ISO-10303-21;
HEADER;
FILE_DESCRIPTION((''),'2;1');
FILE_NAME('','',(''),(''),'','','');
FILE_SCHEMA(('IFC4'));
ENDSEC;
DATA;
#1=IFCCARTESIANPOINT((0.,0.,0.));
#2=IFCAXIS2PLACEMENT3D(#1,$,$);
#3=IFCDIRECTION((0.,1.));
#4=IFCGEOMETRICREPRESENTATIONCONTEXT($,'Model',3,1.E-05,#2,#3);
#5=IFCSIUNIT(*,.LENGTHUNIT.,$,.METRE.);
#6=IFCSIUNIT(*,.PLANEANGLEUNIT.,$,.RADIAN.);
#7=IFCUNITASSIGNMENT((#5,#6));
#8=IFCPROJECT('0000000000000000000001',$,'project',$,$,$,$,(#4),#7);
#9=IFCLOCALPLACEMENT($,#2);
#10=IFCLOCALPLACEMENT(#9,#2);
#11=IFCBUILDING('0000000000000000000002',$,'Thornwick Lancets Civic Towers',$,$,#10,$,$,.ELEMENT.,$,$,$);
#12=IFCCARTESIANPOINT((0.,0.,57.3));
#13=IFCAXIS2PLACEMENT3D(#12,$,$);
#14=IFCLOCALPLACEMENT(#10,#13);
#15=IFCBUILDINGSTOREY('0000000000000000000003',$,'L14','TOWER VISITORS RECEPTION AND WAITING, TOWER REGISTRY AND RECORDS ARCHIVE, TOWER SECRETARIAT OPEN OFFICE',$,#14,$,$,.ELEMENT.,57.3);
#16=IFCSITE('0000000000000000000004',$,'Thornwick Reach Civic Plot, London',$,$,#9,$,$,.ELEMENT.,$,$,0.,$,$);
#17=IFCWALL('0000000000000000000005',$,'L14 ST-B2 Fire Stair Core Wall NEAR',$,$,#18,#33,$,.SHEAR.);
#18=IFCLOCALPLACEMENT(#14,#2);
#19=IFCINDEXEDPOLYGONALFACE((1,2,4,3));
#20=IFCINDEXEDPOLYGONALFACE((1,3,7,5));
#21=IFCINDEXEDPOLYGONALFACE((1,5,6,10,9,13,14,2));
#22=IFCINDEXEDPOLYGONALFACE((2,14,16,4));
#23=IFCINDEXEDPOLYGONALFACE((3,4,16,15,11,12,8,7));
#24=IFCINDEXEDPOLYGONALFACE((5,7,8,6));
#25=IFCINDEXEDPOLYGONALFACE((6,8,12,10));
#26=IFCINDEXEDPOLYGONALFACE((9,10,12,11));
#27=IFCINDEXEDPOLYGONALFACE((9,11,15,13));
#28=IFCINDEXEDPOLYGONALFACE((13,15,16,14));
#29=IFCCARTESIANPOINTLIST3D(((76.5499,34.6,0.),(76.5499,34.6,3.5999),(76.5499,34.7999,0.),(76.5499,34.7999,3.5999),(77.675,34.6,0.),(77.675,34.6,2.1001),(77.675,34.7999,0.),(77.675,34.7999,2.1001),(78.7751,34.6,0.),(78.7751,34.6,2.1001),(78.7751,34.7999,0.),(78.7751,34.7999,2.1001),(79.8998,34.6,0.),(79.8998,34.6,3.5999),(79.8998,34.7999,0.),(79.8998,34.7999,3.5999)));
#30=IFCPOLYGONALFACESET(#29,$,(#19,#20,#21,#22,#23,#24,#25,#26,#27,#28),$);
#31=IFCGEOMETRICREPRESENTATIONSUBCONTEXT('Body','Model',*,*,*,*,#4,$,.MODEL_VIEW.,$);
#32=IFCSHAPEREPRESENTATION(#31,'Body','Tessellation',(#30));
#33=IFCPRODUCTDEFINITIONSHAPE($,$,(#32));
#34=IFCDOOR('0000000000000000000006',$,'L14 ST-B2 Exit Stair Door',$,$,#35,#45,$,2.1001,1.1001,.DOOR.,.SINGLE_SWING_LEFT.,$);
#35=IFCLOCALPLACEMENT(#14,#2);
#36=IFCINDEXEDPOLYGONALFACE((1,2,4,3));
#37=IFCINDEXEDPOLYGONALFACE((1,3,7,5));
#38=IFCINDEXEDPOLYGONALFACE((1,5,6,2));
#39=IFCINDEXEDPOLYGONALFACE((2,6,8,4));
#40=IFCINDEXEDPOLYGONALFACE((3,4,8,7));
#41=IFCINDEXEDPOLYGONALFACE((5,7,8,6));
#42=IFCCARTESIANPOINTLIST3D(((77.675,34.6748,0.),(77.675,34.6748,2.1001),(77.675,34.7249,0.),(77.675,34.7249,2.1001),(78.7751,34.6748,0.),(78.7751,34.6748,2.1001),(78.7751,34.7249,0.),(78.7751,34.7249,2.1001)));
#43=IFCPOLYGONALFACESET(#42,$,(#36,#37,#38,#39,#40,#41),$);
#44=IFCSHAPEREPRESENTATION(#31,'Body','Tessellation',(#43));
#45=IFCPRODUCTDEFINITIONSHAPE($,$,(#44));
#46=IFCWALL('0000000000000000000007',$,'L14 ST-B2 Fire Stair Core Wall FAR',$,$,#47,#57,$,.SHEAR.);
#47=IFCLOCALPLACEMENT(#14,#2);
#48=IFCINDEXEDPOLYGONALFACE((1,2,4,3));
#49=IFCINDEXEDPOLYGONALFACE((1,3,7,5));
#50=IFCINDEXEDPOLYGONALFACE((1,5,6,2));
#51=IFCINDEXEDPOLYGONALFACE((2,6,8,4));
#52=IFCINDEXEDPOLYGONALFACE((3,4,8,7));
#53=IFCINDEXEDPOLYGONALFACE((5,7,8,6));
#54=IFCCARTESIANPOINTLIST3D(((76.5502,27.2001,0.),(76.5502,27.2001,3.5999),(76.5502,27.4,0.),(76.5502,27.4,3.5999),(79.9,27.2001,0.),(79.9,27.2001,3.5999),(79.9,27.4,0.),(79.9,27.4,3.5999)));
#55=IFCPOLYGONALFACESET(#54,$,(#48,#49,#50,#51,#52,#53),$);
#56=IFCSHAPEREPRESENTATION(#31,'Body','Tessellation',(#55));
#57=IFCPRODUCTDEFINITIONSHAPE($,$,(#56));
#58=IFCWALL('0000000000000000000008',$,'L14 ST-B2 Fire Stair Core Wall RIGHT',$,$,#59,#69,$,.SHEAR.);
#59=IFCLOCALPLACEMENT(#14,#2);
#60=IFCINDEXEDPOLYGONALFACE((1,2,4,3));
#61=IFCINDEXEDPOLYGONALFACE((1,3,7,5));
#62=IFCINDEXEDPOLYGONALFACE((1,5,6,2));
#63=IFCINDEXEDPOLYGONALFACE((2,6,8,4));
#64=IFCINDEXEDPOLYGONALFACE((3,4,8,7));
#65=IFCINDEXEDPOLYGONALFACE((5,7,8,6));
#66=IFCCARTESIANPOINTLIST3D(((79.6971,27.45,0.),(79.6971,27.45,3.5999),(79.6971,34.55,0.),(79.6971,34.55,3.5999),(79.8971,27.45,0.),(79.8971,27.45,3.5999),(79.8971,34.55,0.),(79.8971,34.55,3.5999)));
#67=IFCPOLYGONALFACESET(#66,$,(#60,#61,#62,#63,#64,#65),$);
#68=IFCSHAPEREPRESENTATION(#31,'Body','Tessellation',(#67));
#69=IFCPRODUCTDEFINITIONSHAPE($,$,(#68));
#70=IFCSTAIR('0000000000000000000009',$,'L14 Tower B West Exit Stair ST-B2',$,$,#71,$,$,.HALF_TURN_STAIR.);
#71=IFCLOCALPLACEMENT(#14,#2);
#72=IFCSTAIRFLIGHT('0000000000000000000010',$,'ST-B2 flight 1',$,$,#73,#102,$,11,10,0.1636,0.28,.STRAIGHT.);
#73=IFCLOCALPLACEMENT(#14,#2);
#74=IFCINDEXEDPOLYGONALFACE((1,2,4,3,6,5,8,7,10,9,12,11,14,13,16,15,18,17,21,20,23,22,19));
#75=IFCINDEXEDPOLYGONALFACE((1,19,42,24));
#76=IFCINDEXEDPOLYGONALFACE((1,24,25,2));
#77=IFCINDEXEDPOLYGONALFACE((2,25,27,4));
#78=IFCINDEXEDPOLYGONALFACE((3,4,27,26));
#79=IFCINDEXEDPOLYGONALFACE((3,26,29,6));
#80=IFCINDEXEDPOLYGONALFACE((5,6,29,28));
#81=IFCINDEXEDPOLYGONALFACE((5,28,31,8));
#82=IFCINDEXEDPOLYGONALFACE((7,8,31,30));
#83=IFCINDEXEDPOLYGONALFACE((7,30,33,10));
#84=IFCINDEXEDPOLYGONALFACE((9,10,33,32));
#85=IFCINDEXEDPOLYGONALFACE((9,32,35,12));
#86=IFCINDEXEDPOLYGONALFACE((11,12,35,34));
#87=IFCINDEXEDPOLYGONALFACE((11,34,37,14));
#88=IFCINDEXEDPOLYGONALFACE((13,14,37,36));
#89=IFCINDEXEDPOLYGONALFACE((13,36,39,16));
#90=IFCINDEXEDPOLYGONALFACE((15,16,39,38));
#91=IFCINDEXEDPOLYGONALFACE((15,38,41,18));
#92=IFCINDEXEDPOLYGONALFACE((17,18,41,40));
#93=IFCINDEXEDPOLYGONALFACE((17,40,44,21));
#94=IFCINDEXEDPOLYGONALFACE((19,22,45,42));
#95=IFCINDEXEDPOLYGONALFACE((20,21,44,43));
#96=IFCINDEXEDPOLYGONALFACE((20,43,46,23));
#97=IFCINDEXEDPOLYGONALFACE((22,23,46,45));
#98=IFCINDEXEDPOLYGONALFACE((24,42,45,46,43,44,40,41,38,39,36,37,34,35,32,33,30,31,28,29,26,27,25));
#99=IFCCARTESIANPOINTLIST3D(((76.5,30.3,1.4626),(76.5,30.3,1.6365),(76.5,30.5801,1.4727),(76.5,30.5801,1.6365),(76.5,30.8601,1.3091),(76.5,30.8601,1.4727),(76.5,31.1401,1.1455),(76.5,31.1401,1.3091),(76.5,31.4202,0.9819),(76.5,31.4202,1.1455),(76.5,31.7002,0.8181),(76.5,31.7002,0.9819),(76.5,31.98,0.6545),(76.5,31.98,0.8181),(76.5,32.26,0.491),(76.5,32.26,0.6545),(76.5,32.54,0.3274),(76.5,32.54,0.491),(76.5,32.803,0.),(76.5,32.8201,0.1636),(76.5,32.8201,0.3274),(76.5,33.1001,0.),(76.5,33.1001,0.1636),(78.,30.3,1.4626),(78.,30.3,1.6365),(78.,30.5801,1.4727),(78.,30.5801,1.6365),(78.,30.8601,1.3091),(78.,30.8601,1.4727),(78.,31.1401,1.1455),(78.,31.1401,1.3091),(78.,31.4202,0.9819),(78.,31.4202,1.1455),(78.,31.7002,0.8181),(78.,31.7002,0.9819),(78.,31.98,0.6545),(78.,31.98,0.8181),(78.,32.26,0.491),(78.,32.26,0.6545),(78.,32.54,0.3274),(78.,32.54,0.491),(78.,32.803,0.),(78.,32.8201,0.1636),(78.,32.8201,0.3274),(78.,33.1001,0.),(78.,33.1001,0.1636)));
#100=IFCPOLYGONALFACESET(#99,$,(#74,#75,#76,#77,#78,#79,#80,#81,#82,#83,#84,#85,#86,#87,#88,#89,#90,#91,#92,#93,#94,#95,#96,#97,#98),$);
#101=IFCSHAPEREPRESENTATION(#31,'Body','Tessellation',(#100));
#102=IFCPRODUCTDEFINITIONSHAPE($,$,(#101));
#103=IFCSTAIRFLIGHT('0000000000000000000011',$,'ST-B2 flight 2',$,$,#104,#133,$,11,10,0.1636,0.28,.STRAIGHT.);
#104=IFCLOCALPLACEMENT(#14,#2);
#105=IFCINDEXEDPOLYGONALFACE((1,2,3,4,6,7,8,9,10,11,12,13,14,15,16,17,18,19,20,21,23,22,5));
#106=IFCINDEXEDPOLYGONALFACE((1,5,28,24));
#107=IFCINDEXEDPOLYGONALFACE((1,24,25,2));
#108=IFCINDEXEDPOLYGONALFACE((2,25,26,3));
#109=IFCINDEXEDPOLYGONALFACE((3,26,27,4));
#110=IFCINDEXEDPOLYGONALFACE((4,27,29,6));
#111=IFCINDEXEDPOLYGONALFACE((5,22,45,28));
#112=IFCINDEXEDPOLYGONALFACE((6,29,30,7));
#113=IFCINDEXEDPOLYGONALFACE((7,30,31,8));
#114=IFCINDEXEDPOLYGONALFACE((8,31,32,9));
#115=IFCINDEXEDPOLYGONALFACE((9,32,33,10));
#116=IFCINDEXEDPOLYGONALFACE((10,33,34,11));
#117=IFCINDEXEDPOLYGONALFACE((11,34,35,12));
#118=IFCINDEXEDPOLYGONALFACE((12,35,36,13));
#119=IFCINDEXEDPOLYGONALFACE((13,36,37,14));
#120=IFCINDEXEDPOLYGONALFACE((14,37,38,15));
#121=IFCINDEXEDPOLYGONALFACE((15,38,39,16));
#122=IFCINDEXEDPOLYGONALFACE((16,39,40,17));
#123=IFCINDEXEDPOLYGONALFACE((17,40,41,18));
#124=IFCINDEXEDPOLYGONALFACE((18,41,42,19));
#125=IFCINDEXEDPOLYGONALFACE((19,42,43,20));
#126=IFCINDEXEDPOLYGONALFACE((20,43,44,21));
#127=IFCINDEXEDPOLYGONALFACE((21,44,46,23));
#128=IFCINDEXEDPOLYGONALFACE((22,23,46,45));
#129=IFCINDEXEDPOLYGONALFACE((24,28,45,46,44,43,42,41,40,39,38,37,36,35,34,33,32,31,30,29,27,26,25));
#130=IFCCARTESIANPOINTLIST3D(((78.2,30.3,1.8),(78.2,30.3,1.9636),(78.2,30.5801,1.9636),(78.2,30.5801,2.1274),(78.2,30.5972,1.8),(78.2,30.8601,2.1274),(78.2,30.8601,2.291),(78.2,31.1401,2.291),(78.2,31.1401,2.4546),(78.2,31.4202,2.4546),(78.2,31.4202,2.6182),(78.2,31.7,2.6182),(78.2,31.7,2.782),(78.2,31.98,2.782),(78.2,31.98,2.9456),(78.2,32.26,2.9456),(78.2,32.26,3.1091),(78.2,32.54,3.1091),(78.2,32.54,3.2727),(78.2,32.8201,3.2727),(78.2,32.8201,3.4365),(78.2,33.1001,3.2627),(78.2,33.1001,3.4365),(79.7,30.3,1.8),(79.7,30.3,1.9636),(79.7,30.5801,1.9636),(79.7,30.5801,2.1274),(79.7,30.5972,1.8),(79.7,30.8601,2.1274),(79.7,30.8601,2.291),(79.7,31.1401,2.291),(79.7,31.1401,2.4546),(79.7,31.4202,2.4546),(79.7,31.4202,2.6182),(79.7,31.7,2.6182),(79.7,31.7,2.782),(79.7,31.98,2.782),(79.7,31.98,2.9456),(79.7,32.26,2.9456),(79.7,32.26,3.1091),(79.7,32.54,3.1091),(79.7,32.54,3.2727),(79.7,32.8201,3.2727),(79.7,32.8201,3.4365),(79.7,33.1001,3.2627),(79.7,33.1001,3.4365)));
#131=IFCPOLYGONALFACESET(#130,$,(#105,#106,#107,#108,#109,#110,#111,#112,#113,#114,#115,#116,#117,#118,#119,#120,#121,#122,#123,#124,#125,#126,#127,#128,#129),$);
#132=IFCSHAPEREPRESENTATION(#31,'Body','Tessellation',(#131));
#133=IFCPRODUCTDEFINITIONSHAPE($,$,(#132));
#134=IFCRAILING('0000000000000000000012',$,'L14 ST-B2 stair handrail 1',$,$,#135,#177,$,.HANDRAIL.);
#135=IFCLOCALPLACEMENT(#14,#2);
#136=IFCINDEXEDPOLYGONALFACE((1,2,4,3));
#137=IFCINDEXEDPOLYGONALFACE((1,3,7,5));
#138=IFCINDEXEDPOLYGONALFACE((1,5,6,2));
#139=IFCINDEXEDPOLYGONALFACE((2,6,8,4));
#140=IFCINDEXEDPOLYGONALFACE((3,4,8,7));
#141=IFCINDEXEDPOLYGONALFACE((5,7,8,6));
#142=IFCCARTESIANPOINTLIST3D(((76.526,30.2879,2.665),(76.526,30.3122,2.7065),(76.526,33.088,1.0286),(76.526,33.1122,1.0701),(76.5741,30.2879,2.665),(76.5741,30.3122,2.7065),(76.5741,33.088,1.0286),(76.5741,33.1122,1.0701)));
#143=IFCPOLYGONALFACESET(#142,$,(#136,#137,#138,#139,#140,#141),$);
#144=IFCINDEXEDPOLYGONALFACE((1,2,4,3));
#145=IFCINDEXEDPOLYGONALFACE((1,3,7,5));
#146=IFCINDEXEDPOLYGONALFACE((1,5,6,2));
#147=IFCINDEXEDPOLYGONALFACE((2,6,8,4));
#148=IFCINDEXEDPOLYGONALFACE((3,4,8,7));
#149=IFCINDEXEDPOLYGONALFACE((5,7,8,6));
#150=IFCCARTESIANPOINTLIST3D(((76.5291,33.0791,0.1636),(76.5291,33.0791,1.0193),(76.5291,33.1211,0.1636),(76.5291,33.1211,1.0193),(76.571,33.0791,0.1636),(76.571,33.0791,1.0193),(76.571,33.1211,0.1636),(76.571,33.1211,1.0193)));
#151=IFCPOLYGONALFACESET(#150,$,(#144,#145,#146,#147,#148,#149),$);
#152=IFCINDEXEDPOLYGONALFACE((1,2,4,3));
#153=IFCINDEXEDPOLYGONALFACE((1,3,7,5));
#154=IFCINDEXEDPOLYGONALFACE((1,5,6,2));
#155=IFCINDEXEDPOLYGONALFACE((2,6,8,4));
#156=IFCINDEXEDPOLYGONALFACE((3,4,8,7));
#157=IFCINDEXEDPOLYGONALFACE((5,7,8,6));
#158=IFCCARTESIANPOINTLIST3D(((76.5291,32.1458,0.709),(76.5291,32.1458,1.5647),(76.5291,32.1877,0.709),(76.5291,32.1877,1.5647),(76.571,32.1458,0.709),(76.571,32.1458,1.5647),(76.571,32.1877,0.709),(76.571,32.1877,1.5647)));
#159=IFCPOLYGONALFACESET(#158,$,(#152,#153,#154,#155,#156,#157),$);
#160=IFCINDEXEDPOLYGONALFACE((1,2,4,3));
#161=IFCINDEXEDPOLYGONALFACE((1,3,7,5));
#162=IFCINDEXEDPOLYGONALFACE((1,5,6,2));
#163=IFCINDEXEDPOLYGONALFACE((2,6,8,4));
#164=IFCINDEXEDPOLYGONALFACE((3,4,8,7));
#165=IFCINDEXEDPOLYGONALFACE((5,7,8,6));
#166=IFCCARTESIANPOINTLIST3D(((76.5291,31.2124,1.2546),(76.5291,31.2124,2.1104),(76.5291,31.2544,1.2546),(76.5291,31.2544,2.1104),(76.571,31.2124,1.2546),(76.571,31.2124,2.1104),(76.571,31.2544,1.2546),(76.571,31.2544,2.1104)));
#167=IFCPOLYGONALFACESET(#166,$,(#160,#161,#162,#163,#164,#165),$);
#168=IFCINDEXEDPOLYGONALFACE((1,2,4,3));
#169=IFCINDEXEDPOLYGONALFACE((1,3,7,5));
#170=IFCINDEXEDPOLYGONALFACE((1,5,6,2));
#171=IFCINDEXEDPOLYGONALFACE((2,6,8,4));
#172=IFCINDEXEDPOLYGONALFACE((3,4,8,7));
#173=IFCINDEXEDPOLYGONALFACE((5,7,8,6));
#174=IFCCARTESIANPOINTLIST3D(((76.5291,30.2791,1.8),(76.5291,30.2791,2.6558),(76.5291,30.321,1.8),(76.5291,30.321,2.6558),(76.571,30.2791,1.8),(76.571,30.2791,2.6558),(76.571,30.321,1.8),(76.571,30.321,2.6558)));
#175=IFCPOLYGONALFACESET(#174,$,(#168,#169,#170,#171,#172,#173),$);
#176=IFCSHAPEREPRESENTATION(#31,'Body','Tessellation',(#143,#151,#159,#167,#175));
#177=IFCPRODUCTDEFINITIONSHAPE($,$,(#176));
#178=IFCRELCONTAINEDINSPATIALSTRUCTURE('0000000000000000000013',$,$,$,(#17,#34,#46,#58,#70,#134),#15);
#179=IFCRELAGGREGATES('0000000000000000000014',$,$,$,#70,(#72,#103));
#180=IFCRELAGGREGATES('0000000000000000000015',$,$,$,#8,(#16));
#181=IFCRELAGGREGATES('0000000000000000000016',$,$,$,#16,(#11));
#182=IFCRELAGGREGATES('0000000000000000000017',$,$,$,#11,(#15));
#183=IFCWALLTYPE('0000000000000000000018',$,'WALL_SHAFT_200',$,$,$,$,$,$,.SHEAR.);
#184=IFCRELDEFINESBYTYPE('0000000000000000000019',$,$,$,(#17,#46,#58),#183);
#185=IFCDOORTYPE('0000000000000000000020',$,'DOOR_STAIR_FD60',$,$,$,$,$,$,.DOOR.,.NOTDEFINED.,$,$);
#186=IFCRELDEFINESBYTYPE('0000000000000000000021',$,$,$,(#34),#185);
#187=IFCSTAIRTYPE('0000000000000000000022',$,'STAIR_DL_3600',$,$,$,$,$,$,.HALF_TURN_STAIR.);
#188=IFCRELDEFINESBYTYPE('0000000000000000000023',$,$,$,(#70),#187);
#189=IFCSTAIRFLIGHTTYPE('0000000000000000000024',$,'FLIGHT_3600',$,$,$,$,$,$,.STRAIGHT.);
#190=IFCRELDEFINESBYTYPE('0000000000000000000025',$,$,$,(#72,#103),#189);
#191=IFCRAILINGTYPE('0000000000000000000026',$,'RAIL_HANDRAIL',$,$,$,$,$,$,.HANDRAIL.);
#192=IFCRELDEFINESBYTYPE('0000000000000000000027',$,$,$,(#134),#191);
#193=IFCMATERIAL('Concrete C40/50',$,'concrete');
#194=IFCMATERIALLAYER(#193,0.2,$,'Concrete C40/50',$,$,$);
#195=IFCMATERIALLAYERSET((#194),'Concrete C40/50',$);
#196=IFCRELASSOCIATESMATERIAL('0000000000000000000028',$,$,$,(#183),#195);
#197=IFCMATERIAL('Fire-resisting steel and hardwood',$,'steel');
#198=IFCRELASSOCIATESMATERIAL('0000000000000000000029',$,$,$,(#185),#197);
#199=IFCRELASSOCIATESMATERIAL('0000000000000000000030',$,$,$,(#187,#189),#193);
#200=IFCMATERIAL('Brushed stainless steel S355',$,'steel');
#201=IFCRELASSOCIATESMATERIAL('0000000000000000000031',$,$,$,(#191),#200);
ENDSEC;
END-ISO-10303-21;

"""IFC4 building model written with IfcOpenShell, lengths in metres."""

from ifc_helpers import new_model, si_unit, direction, frame, frame_2d, origin, origin_2d, place, context, subcontext, project, spatial, polyline, rectangle, outline, extrude, material, layer, layer_set, type_object, element, fill, aggregate, save


model = new_model("IFC4")

# Units and contexts
model_context = context("Model", 3, precision=1e-05, world=origin(), true_north=direction((0.0, 1.0)))
body_context = subcontext(model_context, "Body", "Model", "MODEL_VIEW")
ifc_project = project(units=[si_unit("LENGTHUNIT", "METRE"), si_unit("PLANEANGLEUNIT", "RADIAN")], contexts=[model_context])

# Site, building, storey
site_placement = place(None, origin())
site = spatial("IfcSite", under=ifc_project, at=site_placement, Name="Thornwick Reach Civic Plot, London", CompositionType="ELEMENT", RefElevation=0.0)
building_placement = place(site_placement, origin())
building = spatial("IfcBuilding", under=site, at=building_placement, Name="Thornwick Lancets Civic Towers", CompositionType="ELEMENT")
storey_placement = place(building_placement, frame((0.0, 0.0, 57.3)))
storey = spatial("IfcBuildingStorey", under=building, at=storey_placement, Name="L14", Description="TOWER VISITORS RECEPTION AND WAITING, TOWER REGISTRY AND RECORDS ARCHIVE, TOWER SECRETARIAT OPEN OFFICE", CompositionType="ELEMENT", Elevation=57.3)

# Shared definitions
ifc_material_1 = material(Name="Concrete C40/50", Category="concrete")

# Wall, opening, door
ifc_layer_1 = layer(ifc_material_1, 0.2, Name="Concrete C40/50")
ifc_layer_set_1 = layer_set([ifc_layer_1], Name="Concrete C40/50")
wall_type_1 = type_object("IfcWallType", Name="WALL_SHAFT_200", PredefinedType="SHEAR", material=ifc_layer_set_1)
wall_1_placement = place(storey_placement, frame((76.55, 34.7, 0.0), z_axis=(0.0, 0.0, 1.0), x_axis=(1.0, 0.0, 0.0)))
wall_1 = element("IfcWall", 1, at=wall_1_placement, inside=storey, type_object=wall_type_1, Name="L14 ST-B2 Fire Stair Core Wall NEAR", PredefinedType="SHEAR", context=body_context, shape_type="SweptSolid", body=[
    extrude(rectangle(XDim=3.3499, YDim=0.2, at=frame_2d((1.6748, 0.0))), origin(), (0.0, 0.0, 1.0), 3.5999),
])
opening_1_placement = place(wall_1_placement, frame((1.125, 0.0, 0.0)))
opening_1 = element("IfcOpeningElement", 2, at=opening_1_placement, cuts=wall_1, PredefinedType="OPENING", context=body_context, shape_type="SweptSolid", body=[
    extrude(rectangle(XDim=1.1001, YDim=2.1001, at=frame_2d((0.55, 1.05))), frame((0.0, 0.1099, 0.0), z_axis=(0.0, -1.0, 0.0), x_axis=(1.0, 0.0, 0.0)), (0.0, 0.0, 1.0), 0.22),
])
ifc_material_2 = material(Name="Fire-resisting steel and hardwood", Category="steel")
door_type_1 = type_object("IfcDoorType", Name="DOOR_STAIR_FD60", OperationType="NOTDEFINED", PredefinedType="DOOR", material=ifc_material_2)
door_1_placement = place(opening_1_placement, origin())
door_1 = element("IfcDoor", 3, at=door_1_placement, inside=storey, type_object=door_type_1, Name="L14 ST-B2 Exit Stair Door", OperationType="SINGLE_SWING_LEFT", OverallHeight=2.1001, OverallWidth=1.1001, PredefinedType="DOOR", context=body_context, shape_type="SweptSolid", body=[
    extrude(rectangle(XDim=1.1001, YDim=2.1001, at=frame_2d((0.55, 1.05))), frame((0.0, 0.0249, 0.0), z_axis=(0.0, -1.0, 0.0), x_axis=(1.0, 0.0, 0.0)), (0.0, 0.0, 1.0), 0.05),
])
fill(opening_1, door_1)

# Walls
wall_2_placement = place(storey_placement, frame((79.8999, 27.3, 0.0), z_axis=(0.0, 0.0, 1.0), x_axis=(-1.0, 0.0, 0.0)))
element("IfcWall", 4, at=wall_2_placement, inside=storey, type_object=wall_type_1, Name="L14 ST-B2 Fire Stair Core Wall FAR", PredefinedType="SHEAR", context=body_context, shape_type="SweptSolid", body=[
    extrude(rectangle(XDim=3.3499, YDim=0.2, at=frame_2d((1.6748, 0.0))), origin(), (0.0, 0.0, 1.0), 3.5999),
])
wall_3_placement = place(storey_placement, frame((79.7971, 27.45, 0.0), z_axis=(0.0, 0.0, 1.0), x_axis=(0.0, 1.0, 0.0)))
element("IfcWall", 5, at=wall_3_placement, inside=storey, type_object=wall_type_1, Name="L14 ST-B2 Fire Stair Core Wall RIGHT", PredefinedType="SHEAR", context=body_context, shape_type="SweptSolid", body=[
    extrude(rectangle(XDim=7.1001, YDim=0.2, at=frame_2d((3.55, 0.0))), origin(), (0.0, 0.0, 1.0), 3.5999),
])

# Stair, stair flights
stair_type = type_object("IfcStairType", Name="STAIR_DL_3600", PredefinedType="HALF_TURN_STAIR", material=ifc_material_1)
stair_placement = place(storey_placement, origin())
stair = element("IfcStair", 6, at=stair_placement, inside=storey, type_object=stair_type, Name="L14 Tower B West Exit Stair ST-B2", PredefinedType="HALF_TURN_STAIR")
stair_flight_type = type_object("IfcStairFlightType", Name="FLIGHT_3600", PredefinedType="STRAIGHT", material=ifc_material_1)
stair_flight_1_placement = place(storey_placement, frame((77.25, 33.1001, 0.0), z_axis=(0.0, 0.0, 1.0), x_axis=(0.0, -1.0, 0.0)))
stair_flight_1 = element("IfcStairFlight", 7, at=stair_flight_1_placement, type_object=stair_flight_type, Name="ST-B2 flight 1", NumberOfRisers=11, NumberOfTreads=10, PredefinedType="STRAIGHT", RiserHeight=0.1636, TreadLength=0.28, context=body_context, shape_type="SweptSolid", body=[
    extrude(outline(polyline([(0.0, 0.0), (0.0, 0.1636), (0.28, 0.1636), (0.28, 0.3274), (0.5601, 0.3274), (0.5601, 0.491), (0.8401, 0.491), (0.8401, 0.6545), (1.1201, 0.6545), (1.1201, 0.8181), (1.3999, 0.8181), (1.3999, 0.9819), (1.6799, 0.9819), (1.6799, 1.1455), (1.96, 1.1455), (1.96, 1.3091), (2.24, 1.3091), (2.24, 1.4727), (2.52, 1.4727), (2.52, 1.6365), (2.8, 1.6365), (2.8, 1.8), (2.8, 1.4626), (0.2971, 0.0), (0.0, 0.0)])), frame((0.0, 0.75, 0.0), z_axis=(0.0, -1.0, 0.0), x_axis=(1.0, 0.0, 0.0)), (0.0, 0.0, 1.0), 1.5),
])
stair_flight_2_placement = place(storey_placement, frame((78.95, 30.3, 1.8), z_axis=(0.0, 0.0, 1.0), x_axis=(0.0, 1.0, 0.0)))
stair_flight_2 = element("IfcStairFlight", 8, at=stair_flight_2_placement, type_object=stair_flight_type, Name="ST-B2 flight 2", NumberOfRisers=11, NumberOfTreads=10, PredefinedType="STRAIGHT", RiserHeight=0.1636, TreadLength=0.28, context=body_context, shape_type="SweptSolid", body=[
    extrude(outline(polyline([(0.0, 0.0), (0.0, 0.1636), (0.28, 0.1636), (0.28, 0.3274), (0.5601, 0.3274), (0.5601, 0.491), (0.8401, 0.491), (0.8401, 0.6545), (1.1201, 0.6545), (1.1201, 0.8181), (1.3999, 0.8181), (1.3999, 0.9819), (1.6799, 0.9819), (1.6799, 1.1455), (1.96, 1.1455), (1.96, 1.3091), (2.24, 1.3091), (2.24, 1.4727), (2.52, 1.4727), (2.52, 1.6365), (2.8, 1.6365), (2.8, 1.8), (2.8, 1.4626), (0.2971, 0.0), (0.0, 0.0)])), frame((0.0, 0.75, 0.0), z_axis=(0.0, -1.0, 0.0), x_axis=(1.0, 0.0, 0.0)), (0.0, 0.0, 1.0), 1.5),
])
aggregate(stair, [stair_flight_1, stair_flight_2])

# Railing
ifc_material_3 = material(Name="Brushed stainless steel S355", Category="steel")
railing_type_1 = type_object("IfcRailingType", Name="RAIL_HANDRAIL", PredefinedType="HANDRAIL", material=ifc_material_3)
railing_1_placement = place(storey_placement, frame((76.55, 33.1001, 0.1636)))
element("IfcRailing", 9, at=railing_1_placement, inside=storey, type_object=railing_type_1, Name="L14 ST-B2 stair handrail 1", PredefinedType="HANDRAIL", context=body_context, shape_type="SweptSolid", body=[
    extrude(rectangle(XDim=0.0481, YDim=0.0481, at=origin_2d()), frame((0.0, 0.0, 0.8857), z_axis=(0.0, -0.863361, 0.504587), x_axis=(1.0, 0.0, 0.0)), (0.0, 0.0, 1.0), 3.2432),
    extrude(rectangle(XDim=0.042, YDim=0.042, at=origin_2d()), origin(), (0.0, 0.0, 1.0), 0.8557),
    extrude(rectangle(XDim=0.042, YDim=0.042, at=origin_2d()), frame((0.0, -0.9333, 0.5454)), (0.0, 0.0, 1.0), 0.8557),
    extrude(rectangle(XDim=0.042, YDim=0.042, at=origin_2d()), frame((0.0, -1.8667, 1.0911)), (0.0, 0.0, 1.0), 0.8557),
    extrude(rectangle(XDim=0.042, YDim=0.042, at=origin_2d()), frame((0.0, -2.8, 1.6365)), (0.0, 0.0, 1.0), 0.8557),
])

save(model, "model.ifc")
